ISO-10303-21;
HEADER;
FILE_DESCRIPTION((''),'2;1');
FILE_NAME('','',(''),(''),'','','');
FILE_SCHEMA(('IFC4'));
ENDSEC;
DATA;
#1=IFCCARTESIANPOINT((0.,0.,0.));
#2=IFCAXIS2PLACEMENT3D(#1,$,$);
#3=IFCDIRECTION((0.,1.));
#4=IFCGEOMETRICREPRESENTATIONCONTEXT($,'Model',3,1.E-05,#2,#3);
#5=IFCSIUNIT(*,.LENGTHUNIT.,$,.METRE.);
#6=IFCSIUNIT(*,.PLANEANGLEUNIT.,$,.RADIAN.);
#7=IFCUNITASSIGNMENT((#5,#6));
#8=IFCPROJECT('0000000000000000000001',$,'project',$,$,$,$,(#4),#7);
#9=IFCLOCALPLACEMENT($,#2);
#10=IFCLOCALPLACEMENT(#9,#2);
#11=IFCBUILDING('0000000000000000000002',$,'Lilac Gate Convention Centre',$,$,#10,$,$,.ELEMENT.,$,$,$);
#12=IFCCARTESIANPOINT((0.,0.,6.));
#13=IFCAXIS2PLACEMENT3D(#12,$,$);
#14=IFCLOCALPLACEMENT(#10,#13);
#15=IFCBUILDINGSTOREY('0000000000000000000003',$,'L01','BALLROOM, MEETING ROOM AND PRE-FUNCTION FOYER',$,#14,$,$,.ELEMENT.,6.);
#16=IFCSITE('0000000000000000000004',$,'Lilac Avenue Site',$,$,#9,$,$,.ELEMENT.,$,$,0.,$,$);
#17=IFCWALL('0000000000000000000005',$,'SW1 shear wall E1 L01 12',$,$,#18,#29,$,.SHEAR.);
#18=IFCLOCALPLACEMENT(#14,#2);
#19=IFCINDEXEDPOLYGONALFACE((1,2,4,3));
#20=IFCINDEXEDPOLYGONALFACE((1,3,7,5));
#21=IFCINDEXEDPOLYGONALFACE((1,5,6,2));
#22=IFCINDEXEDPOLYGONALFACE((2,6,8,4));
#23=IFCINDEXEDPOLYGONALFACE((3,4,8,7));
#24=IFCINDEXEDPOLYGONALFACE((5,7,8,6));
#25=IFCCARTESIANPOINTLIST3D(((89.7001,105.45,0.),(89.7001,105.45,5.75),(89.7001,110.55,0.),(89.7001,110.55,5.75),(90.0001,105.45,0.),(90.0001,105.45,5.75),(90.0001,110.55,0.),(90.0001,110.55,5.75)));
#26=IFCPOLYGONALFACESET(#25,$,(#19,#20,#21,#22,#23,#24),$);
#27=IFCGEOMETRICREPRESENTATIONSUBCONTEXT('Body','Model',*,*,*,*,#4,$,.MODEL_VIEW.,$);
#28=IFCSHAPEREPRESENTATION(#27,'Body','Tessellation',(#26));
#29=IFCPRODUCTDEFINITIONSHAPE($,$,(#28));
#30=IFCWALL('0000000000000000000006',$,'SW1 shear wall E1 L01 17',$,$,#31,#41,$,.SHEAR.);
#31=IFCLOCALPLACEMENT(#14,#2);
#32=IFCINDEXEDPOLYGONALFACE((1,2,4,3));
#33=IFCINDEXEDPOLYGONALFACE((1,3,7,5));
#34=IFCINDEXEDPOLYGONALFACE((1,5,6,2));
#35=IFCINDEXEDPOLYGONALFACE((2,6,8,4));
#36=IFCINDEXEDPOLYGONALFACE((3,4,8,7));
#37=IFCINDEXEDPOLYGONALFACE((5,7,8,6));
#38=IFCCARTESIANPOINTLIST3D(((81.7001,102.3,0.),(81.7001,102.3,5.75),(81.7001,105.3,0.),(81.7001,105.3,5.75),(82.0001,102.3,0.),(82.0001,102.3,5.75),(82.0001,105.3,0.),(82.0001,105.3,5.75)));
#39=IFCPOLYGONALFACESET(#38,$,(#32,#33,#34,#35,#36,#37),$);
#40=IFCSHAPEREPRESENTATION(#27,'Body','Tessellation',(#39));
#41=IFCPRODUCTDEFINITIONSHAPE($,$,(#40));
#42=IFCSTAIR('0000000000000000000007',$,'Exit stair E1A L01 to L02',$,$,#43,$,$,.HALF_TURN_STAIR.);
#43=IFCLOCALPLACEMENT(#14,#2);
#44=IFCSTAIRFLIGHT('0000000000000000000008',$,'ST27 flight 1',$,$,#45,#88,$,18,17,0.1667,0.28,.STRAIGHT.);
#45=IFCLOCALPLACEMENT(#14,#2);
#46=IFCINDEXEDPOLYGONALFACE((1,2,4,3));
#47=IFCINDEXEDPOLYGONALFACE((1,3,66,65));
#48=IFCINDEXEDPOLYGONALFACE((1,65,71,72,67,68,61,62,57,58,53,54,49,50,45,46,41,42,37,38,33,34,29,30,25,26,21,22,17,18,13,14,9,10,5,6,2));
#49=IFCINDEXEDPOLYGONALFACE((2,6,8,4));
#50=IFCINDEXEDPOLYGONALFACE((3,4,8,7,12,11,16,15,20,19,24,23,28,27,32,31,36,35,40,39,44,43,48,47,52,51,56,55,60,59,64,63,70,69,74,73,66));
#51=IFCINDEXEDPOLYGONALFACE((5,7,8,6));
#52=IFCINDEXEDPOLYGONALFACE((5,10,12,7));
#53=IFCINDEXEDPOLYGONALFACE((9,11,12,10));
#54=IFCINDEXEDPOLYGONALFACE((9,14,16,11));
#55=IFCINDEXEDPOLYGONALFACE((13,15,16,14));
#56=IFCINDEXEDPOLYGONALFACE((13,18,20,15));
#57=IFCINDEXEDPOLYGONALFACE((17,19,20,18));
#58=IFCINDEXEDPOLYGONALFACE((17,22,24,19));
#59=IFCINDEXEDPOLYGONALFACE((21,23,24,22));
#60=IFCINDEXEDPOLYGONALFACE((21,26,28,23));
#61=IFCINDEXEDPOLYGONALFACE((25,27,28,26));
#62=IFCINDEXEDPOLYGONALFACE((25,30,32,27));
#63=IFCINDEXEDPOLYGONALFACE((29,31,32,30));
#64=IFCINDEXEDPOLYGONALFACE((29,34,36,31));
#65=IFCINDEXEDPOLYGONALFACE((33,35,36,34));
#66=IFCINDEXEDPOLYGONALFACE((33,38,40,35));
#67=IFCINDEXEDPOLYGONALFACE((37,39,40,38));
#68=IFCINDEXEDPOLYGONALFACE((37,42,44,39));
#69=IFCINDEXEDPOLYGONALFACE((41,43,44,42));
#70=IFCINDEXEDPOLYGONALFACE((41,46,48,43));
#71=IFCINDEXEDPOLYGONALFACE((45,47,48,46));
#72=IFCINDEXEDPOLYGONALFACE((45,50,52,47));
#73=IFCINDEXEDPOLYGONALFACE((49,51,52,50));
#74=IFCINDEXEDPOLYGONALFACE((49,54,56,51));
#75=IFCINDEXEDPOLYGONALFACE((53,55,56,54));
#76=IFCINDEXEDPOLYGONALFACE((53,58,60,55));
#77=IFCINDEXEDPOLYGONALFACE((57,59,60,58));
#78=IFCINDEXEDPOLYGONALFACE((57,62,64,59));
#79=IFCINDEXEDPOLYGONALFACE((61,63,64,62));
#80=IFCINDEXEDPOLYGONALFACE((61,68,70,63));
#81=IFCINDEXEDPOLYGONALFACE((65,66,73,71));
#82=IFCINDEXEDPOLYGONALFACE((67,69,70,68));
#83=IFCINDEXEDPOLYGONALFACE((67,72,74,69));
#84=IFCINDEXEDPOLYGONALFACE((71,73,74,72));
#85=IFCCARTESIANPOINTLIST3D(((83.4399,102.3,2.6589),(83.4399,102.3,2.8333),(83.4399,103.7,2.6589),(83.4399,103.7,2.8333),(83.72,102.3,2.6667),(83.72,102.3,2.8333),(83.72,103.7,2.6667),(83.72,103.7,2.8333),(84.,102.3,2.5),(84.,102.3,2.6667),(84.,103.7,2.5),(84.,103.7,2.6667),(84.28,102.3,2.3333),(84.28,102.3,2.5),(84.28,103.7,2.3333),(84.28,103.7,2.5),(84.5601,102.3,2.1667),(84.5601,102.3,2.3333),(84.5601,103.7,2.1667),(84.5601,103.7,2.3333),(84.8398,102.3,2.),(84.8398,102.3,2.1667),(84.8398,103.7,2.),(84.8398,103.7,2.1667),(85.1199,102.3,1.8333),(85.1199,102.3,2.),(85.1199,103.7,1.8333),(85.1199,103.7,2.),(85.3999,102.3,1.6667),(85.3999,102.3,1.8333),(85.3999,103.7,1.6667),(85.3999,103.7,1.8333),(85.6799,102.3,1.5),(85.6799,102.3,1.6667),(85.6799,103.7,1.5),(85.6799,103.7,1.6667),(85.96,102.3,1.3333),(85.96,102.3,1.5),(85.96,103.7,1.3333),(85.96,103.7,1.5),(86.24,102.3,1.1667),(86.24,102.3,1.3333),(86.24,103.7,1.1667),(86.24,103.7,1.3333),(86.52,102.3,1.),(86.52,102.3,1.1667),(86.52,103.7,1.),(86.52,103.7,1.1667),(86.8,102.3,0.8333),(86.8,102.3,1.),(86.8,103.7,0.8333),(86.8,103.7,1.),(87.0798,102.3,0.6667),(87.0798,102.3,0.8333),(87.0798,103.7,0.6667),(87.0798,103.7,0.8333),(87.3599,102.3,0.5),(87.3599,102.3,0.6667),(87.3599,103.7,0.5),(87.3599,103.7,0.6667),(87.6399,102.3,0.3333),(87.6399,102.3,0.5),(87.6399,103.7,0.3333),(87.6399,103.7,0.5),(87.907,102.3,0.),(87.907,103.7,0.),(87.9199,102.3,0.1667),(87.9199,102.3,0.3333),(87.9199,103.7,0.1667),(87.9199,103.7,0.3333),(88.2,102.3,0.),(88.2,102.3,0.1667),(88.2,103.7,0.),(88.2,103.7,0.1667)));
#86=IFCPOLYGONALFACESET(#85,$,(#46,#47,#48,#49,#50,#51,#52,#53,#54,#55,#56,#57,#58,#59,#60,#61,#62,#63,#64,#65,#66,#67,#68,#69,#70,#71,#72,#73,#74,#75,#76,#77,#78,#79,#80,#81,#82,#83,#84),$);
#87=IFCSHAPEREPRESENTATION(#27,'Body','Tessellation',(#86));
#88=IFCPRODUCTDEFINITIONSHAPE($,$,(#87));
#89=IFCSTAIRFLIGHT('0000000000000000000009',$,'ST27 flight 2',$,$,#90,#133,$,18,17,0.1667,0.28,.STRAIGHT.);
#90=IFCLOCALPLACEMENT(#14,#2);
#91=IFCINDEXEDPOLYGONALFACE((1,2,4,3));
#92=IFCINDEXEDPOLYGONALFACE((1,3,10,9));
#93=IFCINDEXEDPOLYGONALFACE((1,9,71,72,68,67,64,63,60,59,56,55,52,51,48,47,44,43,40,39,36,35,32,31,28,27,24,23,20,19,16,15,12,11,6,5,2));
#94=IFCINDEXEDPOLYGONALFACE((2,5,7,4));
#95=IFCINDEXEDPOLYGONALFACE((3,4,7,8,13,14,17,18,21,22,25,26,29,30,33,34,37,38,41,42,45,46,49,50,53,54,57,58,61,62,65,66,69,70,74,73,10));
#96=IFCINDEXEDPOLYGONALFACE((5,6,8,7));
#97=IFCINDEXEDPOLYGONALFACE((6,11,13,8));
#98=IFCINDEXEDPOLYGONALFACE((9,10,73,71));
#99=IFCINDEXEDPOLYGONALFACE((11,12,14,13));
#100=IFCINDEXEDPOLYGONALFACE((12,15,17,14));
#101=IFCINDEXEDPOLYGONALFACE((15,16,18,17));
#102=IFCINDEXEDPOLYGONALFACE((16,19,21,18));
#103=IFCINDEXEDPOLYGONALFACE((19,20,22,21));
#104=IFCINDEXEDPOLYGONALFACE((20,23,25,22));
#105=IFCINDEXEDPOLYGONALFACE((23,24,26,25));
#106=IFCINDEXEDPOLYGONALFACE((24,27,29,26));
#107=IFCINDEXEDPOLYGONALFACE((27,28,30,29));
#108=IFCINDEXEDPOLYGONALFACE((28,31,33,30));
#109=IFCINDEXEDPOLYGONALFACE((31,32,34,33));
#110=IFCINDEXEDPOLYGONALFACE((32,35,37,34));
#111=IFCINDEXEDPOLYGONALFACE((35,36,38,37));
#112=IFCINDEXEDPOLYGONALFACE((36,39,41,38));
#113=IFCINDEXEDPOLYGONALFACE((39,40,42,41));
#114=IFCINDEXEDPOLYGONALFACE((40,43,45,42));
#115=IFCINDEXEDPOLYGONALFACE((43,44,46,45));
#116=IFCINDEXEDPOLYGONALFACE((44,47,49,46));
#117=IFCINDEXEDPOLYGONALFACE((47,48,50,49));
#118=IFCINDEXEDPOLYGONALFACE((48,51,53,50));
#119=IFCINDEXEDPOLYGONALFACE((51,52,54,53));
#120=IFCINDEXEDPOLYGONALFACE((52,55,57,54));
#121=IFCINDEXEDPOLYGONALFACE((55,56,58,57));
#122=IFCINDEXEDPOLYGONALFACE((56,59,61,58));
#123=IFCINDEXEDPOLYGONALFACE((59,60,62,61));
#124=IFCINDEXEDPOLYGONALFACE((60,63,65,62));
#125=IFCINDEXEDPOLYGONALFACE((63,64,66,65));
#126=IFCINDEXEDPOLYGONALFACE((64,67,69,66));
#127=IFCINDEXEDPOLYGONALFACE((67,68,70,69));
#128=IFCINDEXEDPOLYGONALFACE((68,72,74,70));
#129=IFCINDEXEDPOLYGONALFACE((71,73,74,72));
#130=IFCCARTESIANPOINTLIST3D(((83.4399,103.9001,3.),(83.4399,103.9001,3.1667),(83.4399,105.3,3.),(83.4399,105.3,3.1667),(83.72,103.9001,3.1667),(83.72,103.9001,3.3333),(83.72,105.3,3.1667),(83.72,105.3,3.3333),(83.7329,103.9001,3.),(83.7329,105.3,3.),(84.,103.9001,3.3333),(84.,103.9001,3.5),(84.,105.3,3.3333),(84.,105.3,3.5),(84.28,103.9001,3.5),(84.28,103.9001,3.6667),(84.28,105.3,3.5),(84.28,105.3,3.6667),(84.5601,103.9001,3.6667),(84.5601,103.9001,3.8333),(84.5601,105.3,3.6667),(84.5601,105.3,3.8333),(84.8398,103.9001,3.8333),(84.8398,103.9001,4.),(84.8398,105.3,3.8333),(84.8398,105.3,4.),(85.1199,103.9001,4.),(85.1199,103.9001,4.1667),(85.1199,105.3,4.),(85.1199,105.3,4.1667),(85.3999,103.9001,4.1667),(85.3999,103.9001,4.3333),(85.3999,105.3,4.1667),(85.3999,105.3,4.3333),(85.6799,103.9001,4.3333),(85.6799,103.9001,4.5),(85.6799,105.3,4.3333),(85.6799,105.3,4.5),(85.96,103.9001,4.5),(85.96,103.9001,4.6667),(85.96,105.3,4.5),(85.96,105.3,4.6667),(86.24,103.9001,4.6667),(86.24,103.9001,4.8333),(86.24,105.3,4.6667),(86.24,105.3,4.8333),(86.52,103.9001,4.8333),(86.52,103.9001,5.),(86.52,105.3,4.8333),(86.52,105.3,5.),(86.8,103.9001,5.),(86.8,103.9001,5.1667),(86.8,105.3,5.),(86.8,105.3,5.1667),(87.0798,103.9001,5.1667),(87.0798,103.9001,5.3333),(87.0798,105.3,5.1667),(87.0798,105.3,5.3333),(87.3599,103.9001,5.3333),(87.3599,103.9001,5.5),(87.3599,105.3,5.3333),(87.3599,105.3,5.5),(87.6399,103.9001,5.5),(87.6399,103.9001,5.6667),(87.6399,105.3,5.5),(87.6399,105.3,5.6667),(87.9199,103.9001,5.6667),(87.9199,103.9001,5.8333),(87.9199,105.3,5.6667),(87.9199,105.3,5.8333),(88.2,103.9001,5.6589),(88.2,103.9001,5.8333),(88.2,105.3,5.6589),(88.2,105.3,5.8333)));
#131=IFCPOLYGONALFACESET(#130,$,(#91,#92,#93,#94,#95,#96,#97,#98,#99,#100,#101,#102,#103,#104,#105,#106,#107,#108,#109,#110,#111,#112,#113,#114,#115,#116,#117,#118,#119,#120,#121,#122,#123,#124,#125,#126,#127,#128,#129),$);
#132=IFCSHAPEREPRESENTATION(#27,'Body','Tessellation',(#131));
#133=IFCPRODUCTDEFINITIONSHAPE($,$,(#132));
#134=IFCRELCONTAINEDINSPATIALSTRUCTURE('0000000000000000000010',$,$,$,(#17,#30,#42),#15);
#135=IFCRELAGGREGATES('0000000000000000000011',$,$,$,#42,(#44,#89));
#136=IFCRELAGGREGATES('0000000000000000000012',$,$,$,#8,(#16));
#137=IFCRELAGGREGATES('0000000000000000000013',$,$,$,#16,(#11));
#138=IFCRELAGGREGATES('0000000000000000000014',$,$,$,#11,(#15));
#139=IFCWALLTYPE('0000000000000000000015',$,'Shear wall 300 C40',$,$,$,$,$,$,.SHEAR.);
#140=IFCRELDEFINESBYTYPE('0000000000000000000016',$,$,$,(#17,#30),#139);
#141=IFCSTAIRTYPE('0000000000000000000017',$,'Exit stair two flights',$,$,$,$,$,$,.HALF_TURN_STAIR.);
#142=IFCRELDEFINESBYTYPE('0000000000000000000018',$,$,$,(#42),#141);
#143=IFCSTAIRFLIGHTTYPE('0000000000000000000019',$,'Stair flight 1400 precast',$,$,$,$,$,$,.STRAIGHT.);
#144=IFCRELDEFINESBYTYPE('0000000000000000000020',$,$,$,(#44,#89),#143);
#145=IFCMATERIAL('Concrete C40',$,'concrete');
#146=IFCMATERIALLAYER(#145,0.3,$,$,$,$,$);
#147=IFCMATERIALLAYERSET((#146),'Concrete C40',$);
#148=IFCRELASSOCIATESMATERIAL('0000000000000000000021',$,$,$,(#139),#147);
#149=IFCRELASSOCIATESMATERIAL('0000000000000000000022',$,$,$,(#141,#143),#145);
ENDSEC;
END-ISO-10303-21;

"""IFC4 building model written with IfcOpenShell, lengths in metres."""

from ifc_helpers import new_model, si_unit, direction, frame, frame_2d, origin, place, context, subcontext, project, spatial, polyline, rectangle, outline, extrude, material, layer, layer_set, type_object, element, aggregate, save


model = new_model("IFC4")

# Units and contexts
model_context = context("Model", 3, precision=1e-05, world=origin(), true_north=direction((0.0, 1.0)))
body_context = subcontext(model_context, "Body", "Model", "MODEL_VIEW")
ifc_project = project(units=[si_unit("LENGTHUNIT", "METRE"), si_unit("PLANEANGLEUNIT", "RADIAN")], contexts=[model_context])

# Site, building, storey
site_placement = place(None, origin())
site = spatial("IfcSite", under=ifc_project, at=site_placement, Name="Lilac Avenue Site", CompositionType="ELEMENT", RefElevation=0.0)
building_placement = place(site_placement, origin())
building = spatial("IfcBuilding", under=site, at=building_placement, Name="Lilac Gate Convention Centre", CompositionType="ELEMENT")
storey_placement = place(building_placement, frame((0.0, 0.0, 6.0)))
storey = spatial("IfcBuildingStorey", under=building, at=storey_placement, Name="L01", Description="BALLROOM, MEETING ROOM AND PRE-FUNCTION FOYER", CompositionType="ELEMENT", Elevation=6.0)

# Shared definitions
ifc_material_1 = material(Name="Concrete C40", Category="concrete")
ifc_layer_1 = layer(ifc_material_1, 0.3)
ifc_layer_set_1 = layer_set([ifc_layer_1], Name="Concrete C40")
wall_type_1 = type_object("IfcWallType", Name="Shear wall 300 C40", PredefinedType="SHEAR", material=ifc_layer_set_1)

# Walls
wall_1_placement = place(storey_placement, frame((89.8501, 105.45, 0.0), z_axis=(0.0, 0.0, 1.0), x_axis=(0.0, 1.0, 0.0)))
element("IfcWall", 1, at=wall_1_placement, inside=storey, type_object=wall_type_1, Name="SW1 shear wall E1 L01 12", PredefinedType="SHEAR", context=body_context, shape_type="SweptSolid", body=[
    extrude(rectangle(XDim=5.1001, YDim=0.3, at=frame_2d((2.55, 0.0))), origin(), (0.0, 0.0, 1.0), 5.75),
])
wall_2_placement = place(storey_placement, frame((81.8501, 102.3, 0.0), z_axis=(0.0, 0.0, 1.0), x_axis=(0.0, 1.0, 0.0)))
element("IfcWall", 2, at=wall_2_placement, inside=storey, type_object=wall_type_1, Name="SW1 shear wall E1 L01 17", PredefinedType="SHEAR", context=body_context, shape_type="SweptSolid", body=[
    extrude(rectangle(XDim=3.0, YDim=0.3, at=frame_2d((1.5, 0.0))), origin(), (0.0, 0.0, 1.0), 5.75),
])

# Stair, stair flights
stair_type = type_object("IfcStairType", Name="Exit stair two flights", PredefinedType="HALF_TURN_STAIR", material=ifc_material_1)
stair_placement = place(storey_placement, origin())
stair = element("IfcStair", 3, at=stair_placement, inside=storey, type_object=stair_type, Name="Exit stair E1A L01 to L02", PredefinedType="HALF_TURN_STAIR")
stair_flight_type = type_object("IfcStairFlightType", Name="Stair flight 1400 precast", PredefinedType="STRAIGHT", material=ifc_material_1)
stair_flight_1_placement = place(storey_placement, frame((88.2, 103.0, 0.0), z_axis=(0.0, 0.0, 1.0), x_axis=(-1.0, 0.0, 0.0)))
stair_flight_1 = element("IfcStairFlight", 4, at=stair_flight_1_placement, type_object=stair_flight_type, Name="ST27 flight 1", NumberOfRisers=18, NumberOfTreads=17, PredefinedType="STRAIGHT", RiserHeight=0.1667, TreadLength=0.28, context=body_context, shape_type="SweptSolid", body=[
    extrude(outline(polyline([(0.0, 0.0), (0.0, 0.1667), (0.28, 0.1667), (0.28, 0.3333), (0.5601, 0.3333), (0.5601, 0.5), (0.8401, 0.5), (0.8401, 0.6667), (1.1201, 0.6667), (1.1201, 0.8333), (1.3999, 0.8333), (1.3999, 1.0), (1.6799, 1.0), (1.6799, 1.1667), (1.96, 1.1667), (1.96, 1.3333), (2.24, 1.3333), (2.24, 1.5), (2.52, 1.5), (2.52, 1.6667), (2.8, 1.6667), (2.8, 1.8333), (3.0801, 1.8333), (3.0801, 2.0), (3.3601, 2.0), (3.3601, 2.1667), (3.6399, 2.1667), (3.6399, 2.3333), (3.9199, 2.3333), (3.9199, 2.5), (4.2, 2.5), (4.2, 2.6667), (4.48, 2.6667), (4.48, 2.8333), (4.76, 2.8333), (4.76, 3.0), (4.76, 2.6589), (0.293, 0.0), (0.0, 0.0)])), frame((0.0, 0.7, 0.0), z_axis=(0.0, -1.0, 0.0), x_axis=(1.0, 0.0, 0.0)), (0.0, 0.0, 1.0), 1.3999),
])
stair_flight_2_placement = place(storey_placement, frame((83.4399, 104.6001, 3.0), z_axis=(0.0, 0.0, 1.0), x_axis=(1.0, 0.0, 0.0)))
stair_flight_2 = element("IfcStairFlight", 5, at=stair_flight_2_placement, type_object=stair_flight_type, Name="ST27 flight 2", NumberOfRisers=18, NumberOfTreads=17, PredefinedType="STRAIGHT", RiserHeight=0.1667, TreadLength=0.28, context=body_context, shape_type="SweptSolid", body=[
    extrude(outline(polyline([(0.0, 0.0), (0.0, 0.1667), (0.28, 0.1667), (0.28, 0.3333), (0.5601, 0.3333), (0.5601, 0.5), (0.8401, 0.5), (0.8401, 0.6667), (1.1201, 0.6667), (1.1201, 0.8333), (1.3999, 0.8333), (1.3999, 1.0), (1.6799, 1.0), (1.6799, 1.1667), (1.96, 1.1667), (1.96, 1.3333), (2.24, 1.3333), (2.24, 1.5), (2.52, 1.5), (2.52, 1.6667), (2.8, 1.6667), (2.8, 1.8333), (3.0801, 1.8333), (3.0801, 2.0), (3.3601, 2.0), (3.3601, 2.1667), (3.6399, 2.1667), (3.6399, 2.3333), (3.9199, 2.3333), (3.9199, 2.5), (4.2, 2.5), (4.2, 2.6667), (4.48, 2.6667), (4.48, 2.8333), (4.76, 2.8333), (4.76, 3.0), (4.76, 2.6589), (0.293, 0.0), (0.0, 0.0)])), frame((0.0, 0.7, 0.0), z_axis=(0.0, -1.0, 0.0), x_axis=(1.0, 0.0, 0.0)), (0.0, 0.0, 1.0), 1.3999),
])
aggregate(stair, [stair_flight_1, stair_flight_2])

save(model, "model.ifc")
